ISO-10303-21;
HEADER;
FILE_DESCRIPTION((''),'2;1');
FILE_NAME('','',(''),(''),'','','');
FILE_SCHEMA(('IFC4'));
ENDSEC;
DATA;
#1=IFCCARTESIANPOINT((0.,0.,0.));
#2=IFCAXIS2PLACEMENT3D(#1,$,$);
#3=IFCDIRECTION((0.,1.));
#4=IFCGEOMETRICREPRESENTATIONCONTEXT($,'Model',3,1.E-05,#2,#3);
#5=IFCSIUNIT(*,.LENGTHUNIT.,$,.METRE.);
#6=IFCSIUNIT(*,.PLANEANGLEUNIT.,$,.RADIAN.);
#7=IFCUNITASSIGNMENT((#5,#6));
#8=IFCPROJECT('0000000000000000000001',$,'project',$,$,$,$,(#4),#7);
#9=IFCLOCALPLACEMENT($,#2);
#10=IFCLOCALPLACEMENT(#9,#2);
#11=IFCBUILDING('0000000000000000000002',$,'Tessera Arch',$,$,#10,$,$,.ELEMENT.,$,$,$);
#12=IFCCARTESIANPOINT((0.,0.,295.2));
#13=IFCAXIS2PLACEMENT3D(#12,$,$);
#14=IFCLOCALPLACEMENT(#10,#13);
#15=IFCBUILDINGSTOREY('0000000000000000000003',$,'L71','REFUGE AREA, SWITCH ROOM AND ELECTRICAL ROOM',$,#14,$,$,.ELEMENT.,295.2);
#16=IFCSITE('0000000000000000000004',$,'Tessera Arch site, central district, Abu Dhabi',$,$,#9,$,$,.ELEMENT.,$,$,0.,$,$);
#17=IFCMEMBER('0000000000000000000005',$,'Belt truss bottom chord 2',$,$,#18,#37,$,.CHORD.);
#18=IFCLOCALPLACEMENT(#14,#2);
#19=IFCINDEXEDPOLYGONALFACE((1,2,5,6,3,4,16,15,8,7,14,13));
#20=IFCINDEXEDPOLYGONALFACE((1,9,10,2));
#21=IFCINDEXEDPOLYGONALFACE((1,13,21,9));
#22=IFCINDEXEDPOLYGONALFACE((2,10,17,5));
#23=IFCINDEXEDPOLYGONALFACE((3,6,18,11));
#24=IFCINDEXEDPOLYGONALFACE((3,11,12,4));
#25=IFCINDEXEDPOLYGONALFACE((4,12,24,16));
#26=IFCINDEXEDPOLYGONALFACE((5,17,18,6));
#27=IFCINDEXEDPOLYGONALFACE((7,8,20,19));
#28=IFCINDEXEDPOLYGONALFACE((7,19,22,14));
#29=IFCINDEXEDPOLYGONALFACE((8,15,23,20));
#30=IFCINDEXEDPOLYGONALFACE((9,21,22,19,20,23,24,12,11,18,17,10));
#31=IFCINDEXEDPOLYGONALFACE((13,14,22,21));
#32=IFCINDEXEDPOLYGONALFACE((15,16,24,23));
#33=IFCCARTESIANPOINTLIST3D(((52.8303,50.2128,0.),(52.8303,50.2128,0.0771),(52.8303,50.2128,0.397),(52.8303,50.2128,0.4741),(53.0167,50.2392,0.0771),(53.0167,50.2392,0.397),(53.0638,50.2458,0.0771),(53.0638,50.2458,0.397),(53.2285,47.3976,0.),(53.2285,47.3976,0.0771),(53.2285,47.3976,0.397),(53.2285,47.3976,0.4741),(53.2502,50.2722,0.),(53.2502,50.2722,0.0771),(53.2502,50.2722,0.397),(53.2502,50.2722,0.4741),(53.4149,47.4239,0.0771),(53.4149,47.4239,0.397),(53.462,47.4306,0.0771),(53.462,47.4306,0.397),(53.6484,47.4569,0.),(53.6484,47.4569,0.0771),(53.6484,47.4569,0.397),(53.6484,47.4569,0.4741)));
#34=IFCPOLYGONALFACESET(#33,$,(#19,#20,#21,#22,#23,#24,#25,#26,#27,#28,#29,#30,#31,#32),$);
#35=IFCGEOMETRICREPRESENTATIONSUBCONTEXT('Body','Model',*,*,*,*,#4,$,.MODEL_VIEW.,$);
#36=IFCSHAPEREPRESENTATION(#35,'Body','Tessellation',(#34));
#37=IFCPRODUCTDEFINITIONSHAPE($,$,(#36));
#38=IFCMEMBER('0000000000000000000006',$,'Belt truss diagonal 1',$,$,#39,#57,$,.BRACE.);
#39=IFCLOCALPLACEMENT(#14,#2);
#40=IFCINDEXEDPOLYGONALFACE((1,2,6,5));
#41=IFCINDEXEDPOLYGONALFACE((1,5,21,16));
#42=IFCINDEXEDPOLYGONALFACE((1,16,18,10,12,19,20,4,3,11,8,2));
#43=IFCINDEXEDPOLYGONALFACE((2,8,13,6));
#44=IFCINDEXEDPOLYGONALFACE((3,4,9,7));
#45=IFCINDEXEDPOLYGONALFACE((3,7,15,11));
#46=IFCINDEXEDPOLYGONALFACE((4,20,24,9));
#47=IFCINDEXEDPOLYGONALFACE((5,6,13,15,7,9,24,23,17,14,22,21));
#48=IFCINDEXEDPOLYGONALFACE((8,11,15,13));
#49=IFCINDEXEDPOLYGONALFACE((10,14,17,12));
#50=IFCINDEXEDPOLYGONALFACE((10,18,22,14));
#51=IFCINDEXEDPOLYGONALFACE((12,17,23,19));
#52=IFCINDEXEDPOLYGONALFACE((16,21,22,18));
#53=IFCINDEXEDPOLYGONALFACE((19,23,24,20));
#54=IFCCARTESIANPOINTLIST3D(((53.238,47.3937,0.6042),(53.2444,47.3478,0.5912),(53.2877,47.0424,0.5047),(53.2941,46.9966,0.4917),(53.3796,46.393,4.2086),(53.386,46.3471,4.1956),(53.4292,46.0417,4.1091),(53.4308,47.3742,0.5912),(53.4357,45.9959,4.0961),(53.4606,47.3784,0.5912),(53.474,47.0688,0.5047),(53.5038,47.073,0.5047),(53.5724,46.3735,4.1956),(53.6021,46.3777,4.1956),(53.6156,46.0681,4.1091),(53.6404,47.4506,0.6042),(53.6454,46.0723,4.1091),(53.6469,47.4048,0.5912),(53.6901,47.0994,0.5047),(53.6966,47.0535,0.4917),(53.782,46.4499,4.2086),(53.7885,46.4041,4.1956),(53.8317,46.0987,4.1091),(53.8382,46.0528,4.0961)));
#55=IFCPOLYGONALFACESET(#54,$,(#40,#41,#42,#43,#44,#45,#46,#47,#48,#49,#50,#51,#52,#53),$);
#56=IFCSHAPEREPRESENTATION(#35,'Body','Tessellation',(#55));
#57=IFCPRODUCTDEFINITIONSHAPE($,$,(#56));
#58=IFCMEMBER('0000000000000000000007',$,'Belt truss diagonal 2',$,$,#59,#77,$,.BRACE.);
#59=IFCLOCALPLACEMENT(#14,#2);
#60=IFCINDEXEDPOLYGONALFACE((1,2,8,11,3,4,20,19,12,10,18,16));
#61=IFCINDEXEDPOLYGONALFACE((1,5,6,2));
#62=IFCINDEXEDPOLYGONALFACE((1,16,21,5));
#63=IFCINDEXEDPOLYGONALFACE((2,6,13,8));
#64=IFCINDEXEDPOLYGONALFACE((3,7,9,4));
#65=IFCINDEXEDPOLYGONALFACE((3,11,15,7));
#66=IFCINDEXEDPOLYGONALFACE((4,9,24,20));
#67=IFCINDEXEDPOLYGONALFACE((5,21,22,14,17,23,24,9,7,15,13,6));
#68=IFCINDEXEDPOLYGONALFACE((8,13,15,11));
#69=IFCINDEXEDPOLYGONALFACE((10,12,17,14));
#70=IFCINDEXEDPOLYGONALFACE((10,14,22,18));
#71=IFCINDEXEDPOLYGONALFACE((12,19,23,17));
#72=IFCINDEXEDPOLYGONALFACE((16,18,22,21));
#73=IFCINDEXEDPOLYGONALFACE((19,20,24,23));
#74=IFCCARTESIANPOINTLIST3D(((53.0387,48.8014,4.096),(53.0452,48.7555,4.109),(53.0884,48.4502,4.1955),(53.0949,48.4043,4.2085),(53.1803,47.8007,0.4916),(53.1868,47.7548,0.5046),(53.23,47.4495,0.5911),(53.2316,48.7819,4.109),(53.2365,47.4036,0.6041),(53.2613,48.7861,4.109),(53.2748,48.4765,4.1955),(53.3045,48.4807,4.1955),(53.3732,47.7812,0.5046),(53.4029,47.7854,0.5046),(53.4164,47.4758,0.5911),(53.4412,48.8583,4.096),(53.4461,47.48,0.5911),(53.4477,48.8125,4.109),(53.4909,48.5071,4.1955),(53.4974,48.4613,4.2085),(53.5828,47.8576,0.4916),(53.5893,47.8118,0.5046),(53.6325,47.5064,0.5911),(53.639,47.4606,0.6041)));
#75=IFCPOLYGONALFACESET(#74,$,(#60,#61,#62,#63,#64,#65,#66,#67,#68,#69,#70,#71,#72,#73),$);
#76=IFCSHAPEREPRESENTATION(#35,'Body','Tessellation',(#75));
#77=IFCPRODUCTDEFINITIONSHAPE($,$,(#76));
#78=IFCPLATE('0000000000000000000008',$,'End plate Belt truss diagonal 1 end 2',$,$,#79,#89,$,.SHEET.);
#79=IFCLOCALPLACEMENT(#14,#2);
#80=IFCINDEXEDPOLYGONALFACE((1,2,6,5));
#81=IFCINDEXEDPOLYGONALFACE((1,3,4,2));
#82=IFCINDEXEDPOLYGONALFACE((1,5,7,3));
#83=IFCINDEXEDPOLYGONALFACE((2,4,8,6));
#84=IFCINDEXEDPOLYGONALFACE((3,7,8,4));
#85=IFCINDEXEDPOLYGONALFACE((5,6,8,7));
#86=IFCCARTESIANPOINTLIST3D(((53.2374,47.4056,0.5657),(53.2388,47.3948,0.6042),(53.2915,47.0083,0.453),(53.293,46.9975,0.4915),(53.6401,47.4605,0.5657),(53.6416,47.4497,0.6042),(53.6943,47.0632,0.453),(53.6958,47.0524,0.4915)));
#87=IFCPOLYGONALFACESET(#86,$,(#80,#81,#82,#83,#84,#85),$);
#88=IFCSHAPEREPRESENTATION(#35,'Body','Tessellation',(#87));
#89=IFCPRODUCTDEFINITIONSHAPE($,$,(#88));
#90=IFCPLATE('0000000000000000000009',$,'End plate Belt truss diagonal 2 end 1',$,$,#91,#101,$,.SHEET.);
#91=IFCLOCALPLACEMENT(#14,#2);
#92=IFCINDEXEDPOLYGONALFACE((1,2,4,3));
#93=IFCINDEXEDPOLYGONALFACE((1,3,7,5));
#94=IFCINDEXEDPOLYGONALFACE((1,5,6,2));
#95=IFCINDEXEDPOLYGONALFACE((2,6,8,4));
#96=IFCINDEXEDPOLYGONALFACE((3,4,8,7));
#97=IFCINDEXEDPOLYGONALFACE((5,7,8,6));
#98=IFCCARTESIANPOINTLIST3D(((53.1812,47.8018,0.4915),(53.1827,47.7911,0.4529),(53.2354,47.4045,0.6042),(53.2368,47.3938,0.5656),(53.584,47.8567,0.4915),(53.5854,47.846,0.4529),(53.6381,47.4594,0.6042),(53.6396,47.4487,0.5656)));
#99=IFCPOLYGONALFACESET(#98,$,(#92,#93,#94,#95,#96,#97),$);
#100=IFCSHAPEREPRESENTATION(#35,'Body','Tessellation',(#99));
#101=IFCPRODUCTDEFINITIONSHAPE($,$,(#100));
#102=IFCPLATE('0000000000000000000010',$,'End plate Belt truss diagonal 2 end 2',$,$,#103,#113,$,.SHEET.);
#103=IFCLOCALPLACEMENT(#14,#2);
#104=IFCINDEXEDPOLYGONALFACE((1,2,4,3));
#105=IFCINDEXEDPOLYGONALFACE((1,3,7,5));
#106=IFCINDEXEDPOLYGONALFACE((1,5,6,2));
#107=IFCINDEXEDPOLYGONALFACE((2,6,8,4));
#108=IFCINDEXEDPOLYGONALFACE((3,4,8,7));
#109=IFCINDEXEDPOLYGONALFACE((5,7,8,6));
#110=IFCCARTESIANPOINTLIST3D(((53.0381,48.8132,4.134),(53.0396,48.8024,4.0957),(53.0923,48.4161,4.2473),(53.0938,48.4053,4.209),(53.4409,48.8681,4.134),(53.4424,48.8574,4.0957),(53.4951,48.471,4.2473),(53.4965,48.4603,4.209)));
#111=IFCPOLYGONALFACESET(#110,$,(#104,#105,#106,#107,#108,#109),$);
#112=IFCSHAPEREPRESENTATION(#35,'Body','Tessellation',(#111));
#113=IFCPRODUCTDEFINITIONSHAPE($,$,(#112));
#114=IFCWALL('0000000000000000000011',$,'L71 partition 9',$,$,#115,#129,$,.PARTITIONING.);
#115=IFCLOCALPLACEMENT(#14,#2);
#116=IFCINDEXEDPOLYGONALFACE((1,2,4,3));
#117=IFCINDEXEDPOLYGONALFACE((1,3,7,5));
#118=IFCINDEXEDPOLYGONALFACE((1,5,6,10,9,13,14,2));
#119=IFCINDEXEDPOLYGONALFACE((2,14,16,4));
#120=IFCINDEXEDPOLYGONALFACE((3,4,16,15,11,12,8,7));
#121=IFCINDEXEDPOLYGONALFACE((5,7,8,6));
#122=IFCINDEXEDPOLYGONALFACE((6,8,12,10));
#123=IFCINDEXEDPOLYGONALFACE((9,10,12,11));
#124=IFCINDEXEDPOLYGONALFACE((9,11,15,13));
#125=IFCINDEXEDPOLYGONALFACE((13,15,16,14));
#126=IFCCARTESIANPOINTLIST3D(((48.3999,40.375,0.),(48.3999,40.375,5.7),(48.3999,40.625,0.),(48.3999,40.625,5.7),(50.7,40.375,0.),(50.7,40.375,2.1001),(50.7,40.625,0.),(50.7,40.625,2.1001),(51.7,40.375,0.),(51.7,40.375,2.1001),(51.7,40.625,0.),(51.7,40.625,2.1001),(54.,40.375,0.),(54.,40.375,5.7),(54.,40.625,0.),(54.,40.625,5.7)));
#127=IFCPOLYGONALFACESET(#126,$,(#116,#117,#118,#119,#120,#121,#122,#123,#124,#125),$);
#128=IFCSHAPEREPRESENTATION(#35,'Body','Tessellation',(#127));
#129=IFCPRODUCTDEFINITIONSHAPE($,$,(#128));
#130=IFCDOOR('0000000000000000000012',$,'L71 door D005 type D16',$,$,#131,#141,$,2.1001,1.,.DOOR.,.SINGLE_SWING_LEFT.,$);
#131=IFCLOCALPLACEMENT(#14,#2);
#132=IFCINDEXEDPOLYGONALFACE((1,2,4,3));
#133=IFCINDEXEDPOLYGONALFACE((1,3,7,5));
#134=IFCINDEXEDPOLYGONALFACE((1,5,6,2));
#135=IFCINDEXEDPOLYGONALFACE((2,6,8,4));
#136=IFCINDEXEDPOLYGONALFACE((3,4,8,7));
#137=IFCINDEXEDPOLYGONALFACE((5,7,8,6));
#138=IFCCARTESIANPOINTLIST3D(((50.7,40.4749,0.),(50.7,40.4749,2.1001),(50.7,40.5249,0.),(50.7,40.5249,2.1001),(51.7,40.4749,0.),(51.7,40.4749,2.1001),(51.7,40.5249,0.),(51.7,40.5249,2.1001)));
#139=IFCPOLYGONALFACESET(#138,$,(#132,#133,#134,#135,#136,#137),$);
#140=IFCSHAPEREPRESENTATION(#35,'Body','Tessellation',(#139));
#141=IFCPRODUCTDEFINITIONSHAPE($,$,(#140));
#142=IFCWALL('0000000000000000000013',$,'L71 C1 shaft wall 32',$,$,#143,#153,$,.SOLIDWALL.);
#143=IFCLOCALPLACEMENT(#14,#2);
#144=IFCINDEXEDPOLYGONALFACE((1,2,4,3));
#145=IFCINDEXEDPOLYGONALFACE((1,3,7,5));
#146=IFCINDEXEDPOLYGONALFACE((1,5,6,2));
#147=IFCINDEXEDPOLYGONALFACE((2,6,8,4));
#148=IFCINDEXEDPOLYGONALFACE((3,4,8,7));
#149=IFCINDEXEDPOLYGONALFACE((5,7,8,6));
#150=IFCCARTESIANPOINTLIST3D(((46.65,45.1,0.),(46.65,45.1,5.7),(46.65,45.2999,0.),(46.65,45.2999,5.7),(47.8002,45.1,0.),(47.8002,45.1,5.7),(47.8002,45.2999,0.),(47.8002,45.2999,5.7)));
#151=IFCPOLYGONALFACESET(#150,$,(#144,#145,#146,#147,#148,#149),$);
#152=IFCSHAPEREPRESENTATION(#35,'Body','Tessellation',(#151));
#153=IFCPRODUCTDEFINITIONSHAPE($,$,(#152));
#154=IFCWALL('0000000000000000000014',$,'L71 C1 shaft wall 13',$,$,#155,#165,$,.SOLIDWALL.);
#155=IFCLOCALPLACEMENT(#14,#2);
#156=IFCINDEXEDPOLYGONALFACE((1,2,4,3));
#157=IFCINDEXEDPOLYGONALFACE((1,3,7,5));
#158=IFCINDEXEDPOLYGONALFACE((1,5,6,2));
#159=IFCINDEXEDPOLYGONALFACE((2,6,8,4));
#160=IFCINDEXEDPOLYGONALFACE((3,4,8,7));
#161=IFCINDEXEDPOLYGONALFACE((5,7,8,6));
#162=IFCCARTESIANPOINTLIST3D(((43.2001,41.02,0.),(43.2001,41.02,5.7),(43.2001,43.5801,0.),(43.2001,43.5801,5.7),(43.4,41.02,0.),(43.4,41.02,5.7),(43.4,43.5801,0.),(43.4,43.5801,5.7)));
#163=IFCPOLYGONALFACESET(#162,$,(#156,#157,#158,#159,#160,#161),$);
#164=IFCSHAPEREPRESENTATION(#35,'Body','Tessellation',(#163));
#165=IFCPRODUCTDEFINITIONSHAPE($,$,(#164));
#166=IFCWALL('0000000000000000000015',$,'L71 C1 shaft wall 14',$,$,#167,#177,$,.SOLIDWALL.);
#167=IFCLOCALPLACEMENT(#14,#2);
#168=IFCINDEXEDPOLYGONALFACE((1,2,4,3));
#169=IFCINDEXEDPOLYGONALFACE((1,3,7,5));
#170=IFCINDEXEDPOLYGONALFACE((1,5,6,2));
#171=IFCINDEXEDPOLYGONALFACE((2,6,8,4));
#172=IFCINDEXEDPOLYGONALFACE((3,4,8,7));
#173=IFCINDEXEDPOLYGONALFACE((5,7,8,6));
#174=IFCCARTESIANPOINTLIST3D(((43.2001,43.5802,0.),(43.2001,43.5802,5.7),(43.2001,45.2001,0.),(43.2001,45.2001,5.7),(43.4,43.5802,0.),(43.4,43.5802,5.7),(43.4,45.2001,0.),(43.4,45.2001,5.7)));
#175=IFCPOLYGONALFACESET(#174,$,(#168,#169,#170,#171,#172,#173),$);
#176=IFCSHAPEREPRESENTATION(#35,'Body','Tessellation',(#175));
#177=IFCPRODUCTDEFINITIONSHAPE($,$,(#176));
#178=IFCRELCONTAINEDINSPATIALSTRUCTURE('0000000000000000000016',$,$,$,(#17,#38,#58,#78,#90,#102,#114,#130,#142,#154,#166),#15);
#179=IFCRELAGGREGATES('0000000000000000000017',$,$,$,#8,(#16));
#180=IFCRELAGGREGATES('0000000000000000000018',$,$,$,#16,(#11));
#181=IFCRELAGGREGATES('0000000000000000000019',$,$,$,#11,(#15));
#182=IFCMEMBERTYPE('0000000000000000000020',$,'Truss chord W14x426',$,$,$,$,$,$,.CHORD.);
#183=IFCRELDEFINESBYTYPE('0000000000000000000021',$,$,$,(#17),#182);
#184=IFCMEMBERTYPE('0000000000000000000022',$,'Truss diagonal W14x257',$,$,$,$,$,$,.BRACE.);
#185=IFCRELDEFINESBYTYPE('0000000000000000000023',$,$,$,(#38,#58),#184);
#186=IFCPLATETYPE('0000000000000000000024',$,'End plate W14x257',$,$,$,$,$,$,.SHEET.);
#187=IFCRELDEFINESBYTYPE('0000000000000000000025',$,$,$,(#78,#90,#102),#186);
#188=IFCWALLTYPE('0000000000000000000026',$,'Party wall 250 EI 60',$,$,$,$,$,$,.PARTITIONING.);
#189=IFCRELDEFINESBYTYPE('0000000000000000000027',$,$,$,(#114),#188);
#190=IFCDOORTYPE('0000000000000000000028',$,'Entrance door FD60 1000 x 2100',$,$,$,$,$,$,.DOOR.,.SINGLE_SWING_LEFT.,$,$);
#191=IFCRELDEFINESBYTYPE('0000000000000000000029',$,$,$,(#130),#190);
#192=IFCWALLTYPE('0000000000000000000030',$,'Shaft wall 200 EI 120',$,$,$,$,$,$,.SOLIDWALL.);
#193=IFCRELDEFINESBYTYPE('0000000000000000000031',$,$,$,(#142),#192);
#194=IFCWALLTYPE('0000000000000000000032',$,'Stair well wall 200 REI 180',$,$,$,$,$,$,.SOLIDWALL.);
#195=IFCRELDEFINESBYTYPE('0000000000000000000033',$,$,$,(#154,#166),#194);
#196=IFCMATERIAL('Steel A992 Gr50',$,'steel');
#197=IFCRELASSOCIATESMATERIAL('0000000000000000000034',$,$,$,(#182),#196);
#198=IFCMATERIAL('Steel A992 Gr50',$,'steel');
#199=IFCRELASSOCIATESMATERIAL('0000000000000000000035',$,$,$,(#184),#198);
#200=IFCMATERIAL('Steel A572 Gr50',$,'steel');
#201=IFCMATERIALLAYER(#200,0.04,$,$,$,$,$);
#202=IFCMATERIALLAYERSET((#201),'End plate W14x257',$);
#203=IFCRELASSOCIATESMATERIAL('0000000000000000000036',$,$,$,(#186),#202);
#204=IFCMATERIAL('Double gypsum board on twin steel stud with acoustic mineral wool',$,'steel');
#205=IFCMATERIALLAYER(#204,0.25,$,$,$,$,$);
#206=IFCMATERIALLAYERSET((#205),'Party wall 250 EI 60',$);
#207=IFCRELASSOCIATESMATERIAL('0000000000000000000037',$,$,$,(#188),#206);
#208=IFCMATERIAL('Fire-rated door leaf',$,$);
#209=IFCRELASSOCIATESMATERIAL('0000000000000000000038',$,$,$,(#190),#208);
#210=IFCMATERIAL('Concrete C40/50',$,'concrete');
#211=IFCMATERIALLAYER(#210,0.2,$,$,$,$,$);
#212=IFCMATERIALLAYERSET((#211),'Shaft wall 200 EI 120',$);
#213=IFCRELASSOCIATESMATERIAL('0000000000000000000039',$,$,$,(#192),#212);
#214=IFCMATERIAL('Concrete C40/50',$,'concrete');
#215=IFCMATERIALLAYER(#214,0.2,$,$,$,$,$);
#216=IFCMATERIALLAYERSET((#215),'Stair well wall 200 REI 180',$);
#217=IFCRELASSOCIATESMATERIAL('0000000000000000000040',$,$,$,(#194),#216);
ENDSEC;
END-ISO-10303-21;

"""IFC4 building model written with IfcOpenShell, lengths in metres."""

from ifc_helpers import new_model, si_unit, direction, frame, frame_2d, origin, origin_2d, place, context, subcontext, project, spatial, rectangle, i_section, extrude, material, layer, layer_set, material_profile, profile_set, type_object, element, fill, save


model = new_model("IFC4")

# Units and contexts
model_context = context("Model", 3, precision=1e-05, world=origin(), true_north=direction((0.0, 1.0)))
body_context = subcontext(model_context, "Body", "Model", "MODEL_VIEW")
ifc_project = project(units=[si_unit("LENGTHUNIT", "METRE"), si_unit("PLANEANGLEUNIT", "RADIAN")], contexts=[model_context])

# Site, building, storey
site_placement = place(None, origin())
site = spatial("IfcSite", under=ifc_project, at=site_placement, Name="Tessera Arch site, central district, Abu Dhabi", CompositionType="ELEMENT", RefElevation=0.0)
building_placement = place(site_placement, origin())
building = spatial("IfcBuilding", under=site, at=building_placement, Name="Tessera Arch", CompositionType="ELEMENT")
storey_placement = place(building_placement, frame((0.0, 0.0, 295.2)))
storey = spatial("IfcBuildingStorey", under=building, at=storey_placement, Name="L71", Description="REFUGE AREA, SWITCH ROOM AND ELECTRICAL ROOM", CompositionType="ELEMENT", Elevation=295.2)

# Members
ifc_material_1 = material(Name="Steel A992 Gr50", Category="steel")
ifc_material_profile_1 = material_profile(ifc_material_1, i_section(OverallWidth=0.4241, OverallDepth=0.4741, WebThickness=0.0476, FlangeThickness=0.0771, at=origin_2d()), Name="W14x426")
ifc_profile_set_1 = profile_set([ifc_material_profile_1], Name="Steel A992 Gr50")
member_type_1 = type_object("IfcMemberType", Name="Truss chord W14x426", PredefinedType="CHORD", material=ifc_profile_set_1)
member_placement = place(storey_placement, frame((53.4385, 47.4272, 0.2371), z_axis=(-0.140051, 0.990144, 0.0), x_axis=(-0.990144, -0.140051, 0.0)))
element("IfcMember", 1, at=member_placement, inside=storey, type_object=member_type_1, Name="Belt truss bottom chord 2", PredefinedType="CHORD", context=body_context, shape_type="SweptSolid", body=[
    extrude(i_section(OverallWidth=0.4241, OverallDepth=0.4741, WebThickness=0.0476, FlangeThickness=0.0771, at=origin_2d()), origin(), (0.0, 0.0, 1.0), 2.8433),
])
ifc_material_2 = material(Name="Steel A992 Gr50", Category="steel")
ifc_material_profile_2 = material_profile(ifc_material_2, i_section(OverallWidth=0.4065, OverallDepth=0.4165, WebThickness=0.03, FlangeThickness=0.0481, at=origin_2d()), Name="W14x257")
ifc_profile_set_2 = profile_set([ifc_material_profile_2], Name="Steel A992 Gr50")
member_type_2 = type_object("IfcMemberType", Name="Truss diagonal W14x257", PredefinedType="BRACE", material=ifc_profile_set_2)
for number, where, z_axis, x_axis, name in (
    (2, (53.6089, 46.2229, 4.1523), (-0.037826, 0.267325, -0.962864), (-0.990137, -0.140102, 0.0), "Belt truss diagonal 1"),
    (3, (53.4097, 47.6306, 0.5479), (-0.037826, 0.267325, 0.962864), (-0.990137, -0.140102, 0.0), "Belt truss diagonal 2"),
):
    element("IfcMember", number, at=place(storey_placement, frame(where, z_axis=z_axis, x_axis=x_axis)), inside=storey, type_object=member_type_2, Name=name, PredefinedType="BRACE", context=body_context, shape_type="SweptSolid", body=[
        extrude(i_section(OverallWidth=0.4065, OverallDepth=0.4165, WebThickness=0.03, FlangeThickness=0.0481, at=origin_2d()), origin(), (0.0, 0.0, 1.0), 3.7434),
    ])

# Plates
ifc_material_3 = material(Name="Steel A572 Gr50", Category="steel")
ifc_layer_1 = layer(ifc_material_3, 0.04)
ifc_layer_set_1 = layer_set([ifc_layer_1], Name="End plate W14x257")
plate_type = type_object("IfcPlateType", Name="End plate W14x257", PredefinedType="SHEET", material=ifc_layer_set_1)
for number, where, z_axis, x_axis, name in (
    (4, (53.4673, 47.2236, 0.5479), (-0.036558, 0.268093, -0.962699), (-0.99083, -0.135113, 0.0), "End plate Belt truss diagonal 1 end 2"),
    (5, (53.4111, 47.6199, 0.5093), (-0.036558, 0.268093, 0.962699), (-0.99083, -0.135113, 0.0), "End plate Belt truss diagonal 2 end 1"),
):
    element("IfcPlate", number, at=place(storey_placement, frame(where, z_axis=z_axis, x_axis=x_axis)), inside=storey, type_object=plate_type, Name=name, PredefinedType="SHEET", context=body_context, shape_type="SweptSolid", body=[
        extrude(rectangle(XDim=0.4065, YDim=0.4165, at=origin_2d()), origin(), (0.0, 0.0, 1.0), 0.04),
    ])
plate_placement = place(storey_placement, frame((53.2681, 48.6313, 4.1523), z_axis=(-0.036774, 0.269675, 0.962249), x_axis=(-0.99083, -0.135113, 0.0)))
element("IfcPlate", 6, at=plate_placement, inside=storey, type_object=plate_type, Name="End plate Belt truss diagonal 2 end 2", PredefinedType="SHEET", context=body_context, shape_type="SweptSolid", body=[
    extrude(rectangle(XDim=0.4065, YDim=0.4165, at=origin_2d()), origin(), (0.0, 0.0, 1.0), 0.0398),
])

# Wall, opening, door
ifc_material_4 = material(Name="Double gypsum board on twin steel stud with acoustic mineral wool", Category="steel")
ifc_layer_2 = layer(ifc_material_4, 0.25)
ifc_layer_set_2 = layer_set([ifc_layer_2], Name="Party wall 250 EI 60")
wall_type_1 = type_object("IfcWallType", Name="Party wall 250 EI 60", PredefinedType="PARTITIONING", material=ifc_layer_set_2)
wall_1_placement = place(storey_placement, frame((48.3999, 40.5, 0.0), z_axis=(0.0, 0.0, 1.0), x_axis=(1.0, 0.0, 0.0)))
wall_1 = element("IfcWall", 7, at=wall_1_placement, inside=storey, type_object=wall_type_1, Name="L71 partition 9", PredefinedType="PARTITIONING", context=body_context, shape_type="SweptSolid", body=[
    extrude(rectangle(XDim=5.6001, YDim=0.25, at=frame_2d((2.8, 0.0))), origin(), (0.0, 0.0, 1.0), 5.7),
])
opening_1_placement = place(wall_1_placement, frame((2.3, 0.0, 0.0)))
opening_1 = element("IfcOpeningElement", 8, at=opening_1_placement, cuts=wall_1, PredefinedType="OPENING", context=body_context, shape_type="SweptSolid", body=[
    extrude(rectangle(XDim=1.0, YDim=2.1001, at=frame_2d((0.5, 1.05))), frame((0.0, 0.135, 0.0), z_axis=(0.0, -1.0, 0.0), x_axis=(1.0, 0.0, 0.0)), (0.0, 0.0, 1.0), 0.27),
])
ifc_material_5 = material(Name="Fire-rated door leaf")
door_type_1 = type_object("IfcDoorType", Name="Entrance door FD60 1000 x 2100", OperationType="SINGLE_SWING_LEFT", PredefinedType="DOOR", material=ifc_material_5)
door_1_placement = place(opening_1_placement, origin())
door_1 = element("IfcDoor", 9, at=door_1_placement, inside=storey, type_object=door_type_1, Name="L71 door D005 type D16", OperationType="SINGLE_SWING_LEFT", OverallHeight=2.1001, OverallWidth=1.0, PredefinedType="DOOR", context=body_context, shape_type="SweptSolid", body=[
    extrude(rectangle(XDim=1.0, YDim=2.1001, at=frame_2d((0.5, 1.05))), frame((0.0, 0.0249, 0.0), z_axis=(0.0, -1.0, 0.0), x_axis=(1.0, 0.0, 0.0)), (0.0, 0.0, 1.0), 0.05),
])
fill(opening_1, door_1)

# Walls
ifc_material_6 = material(Name="Concrete C40/50", Category="concrete")
ifc_layer_3 = layer(ifc_material_6, 0.2)
ifc_layer_set_3 = layer_set([ifc_layer_3], Name="Shaft wall 200 EI 120")
wall_type_2 = type_object("IfcWallType", Name="Shaft wall 200 EI 120", PredefinedType="SOLIDWALL", material=ifc_layer_set_3)
wall_2_placement = place(storey_placement, frame((46.6499, 45.2, 0.0), z_axis=(0.0, 0.0, 1.0), x_axis=(1.0, 0.0, 0.0)))
element("IfcWall", 10, at=wall_2_placement, inside=storey, type_object=wall_type_2, Name="L71 C1 shaft wall 32", PredefinedType="SOLIDWALL", context=body_context, shape_type="SweptSolid", body=[
    extrude(rectangle(XDim=1.1501, YDim=0.2, at=frame_2d((0.5752, 0.0))), origin(), (0.0, 0.0, 1.0), 5.7),
])
ifc_material_7 = material(Name="Concrete C40/50", Category="concrete")
ifc_layer_4 = layer(ifc_material_7, 0.2)
ifc_layer_set_4 = layer_set([ifc_layer_4], Name="Stair well wall 200 REI 180")
wall_type_3 = type_object("IfcWallType", Name="Stair well wall 200 REI 180", PredefinedType="SOLIDWALL", material=ifc_layer_set_4)
wall_3_placement = place(storey_placement, frame((43.3, 41.02, 0.0), z_axis=(0.0, 0.0, 1.0), x_axis=(0.0, 1.0, 0.0)))
element("IfcWall", 11, at=wall_3_placement, inside=storey, type_object=wall_type_3, Name="L71 C1 shaft wall 13", PredefinedType="SOLIDWALL", context=body_context, shape_type="SweptSolid", body=[
    extrude(rectangle(XDim=2.5601, YDim=0.2, at=frame_2d((1.28, 0.0))), origin(), (0.0, 0.0, 1.0), 5.7),
])
wall_4_placement = place(storey_placement, frame((43.3, 43.5801, 0.0), z_axis=(0.0, 0.0, 1.0), x_axis=(0.0, 1.0, 0.0)))
element("IfcWall", 12, at=wall_4_placement, inside=storey, type_object=wall_type_3, Name="L71 C1 shaft wall 14", PredefinedType="SOLIDWALL", context=body_context, shape_type="SweptSolid", body=[
    extrude(rectangle(XDim=1.6199, YDim=0.2, at=frame_2d((0.8101, 0.0))), origin(), (0.0, 0.0, 1.0), 5.7),
])

save(model, "model.ifc")
